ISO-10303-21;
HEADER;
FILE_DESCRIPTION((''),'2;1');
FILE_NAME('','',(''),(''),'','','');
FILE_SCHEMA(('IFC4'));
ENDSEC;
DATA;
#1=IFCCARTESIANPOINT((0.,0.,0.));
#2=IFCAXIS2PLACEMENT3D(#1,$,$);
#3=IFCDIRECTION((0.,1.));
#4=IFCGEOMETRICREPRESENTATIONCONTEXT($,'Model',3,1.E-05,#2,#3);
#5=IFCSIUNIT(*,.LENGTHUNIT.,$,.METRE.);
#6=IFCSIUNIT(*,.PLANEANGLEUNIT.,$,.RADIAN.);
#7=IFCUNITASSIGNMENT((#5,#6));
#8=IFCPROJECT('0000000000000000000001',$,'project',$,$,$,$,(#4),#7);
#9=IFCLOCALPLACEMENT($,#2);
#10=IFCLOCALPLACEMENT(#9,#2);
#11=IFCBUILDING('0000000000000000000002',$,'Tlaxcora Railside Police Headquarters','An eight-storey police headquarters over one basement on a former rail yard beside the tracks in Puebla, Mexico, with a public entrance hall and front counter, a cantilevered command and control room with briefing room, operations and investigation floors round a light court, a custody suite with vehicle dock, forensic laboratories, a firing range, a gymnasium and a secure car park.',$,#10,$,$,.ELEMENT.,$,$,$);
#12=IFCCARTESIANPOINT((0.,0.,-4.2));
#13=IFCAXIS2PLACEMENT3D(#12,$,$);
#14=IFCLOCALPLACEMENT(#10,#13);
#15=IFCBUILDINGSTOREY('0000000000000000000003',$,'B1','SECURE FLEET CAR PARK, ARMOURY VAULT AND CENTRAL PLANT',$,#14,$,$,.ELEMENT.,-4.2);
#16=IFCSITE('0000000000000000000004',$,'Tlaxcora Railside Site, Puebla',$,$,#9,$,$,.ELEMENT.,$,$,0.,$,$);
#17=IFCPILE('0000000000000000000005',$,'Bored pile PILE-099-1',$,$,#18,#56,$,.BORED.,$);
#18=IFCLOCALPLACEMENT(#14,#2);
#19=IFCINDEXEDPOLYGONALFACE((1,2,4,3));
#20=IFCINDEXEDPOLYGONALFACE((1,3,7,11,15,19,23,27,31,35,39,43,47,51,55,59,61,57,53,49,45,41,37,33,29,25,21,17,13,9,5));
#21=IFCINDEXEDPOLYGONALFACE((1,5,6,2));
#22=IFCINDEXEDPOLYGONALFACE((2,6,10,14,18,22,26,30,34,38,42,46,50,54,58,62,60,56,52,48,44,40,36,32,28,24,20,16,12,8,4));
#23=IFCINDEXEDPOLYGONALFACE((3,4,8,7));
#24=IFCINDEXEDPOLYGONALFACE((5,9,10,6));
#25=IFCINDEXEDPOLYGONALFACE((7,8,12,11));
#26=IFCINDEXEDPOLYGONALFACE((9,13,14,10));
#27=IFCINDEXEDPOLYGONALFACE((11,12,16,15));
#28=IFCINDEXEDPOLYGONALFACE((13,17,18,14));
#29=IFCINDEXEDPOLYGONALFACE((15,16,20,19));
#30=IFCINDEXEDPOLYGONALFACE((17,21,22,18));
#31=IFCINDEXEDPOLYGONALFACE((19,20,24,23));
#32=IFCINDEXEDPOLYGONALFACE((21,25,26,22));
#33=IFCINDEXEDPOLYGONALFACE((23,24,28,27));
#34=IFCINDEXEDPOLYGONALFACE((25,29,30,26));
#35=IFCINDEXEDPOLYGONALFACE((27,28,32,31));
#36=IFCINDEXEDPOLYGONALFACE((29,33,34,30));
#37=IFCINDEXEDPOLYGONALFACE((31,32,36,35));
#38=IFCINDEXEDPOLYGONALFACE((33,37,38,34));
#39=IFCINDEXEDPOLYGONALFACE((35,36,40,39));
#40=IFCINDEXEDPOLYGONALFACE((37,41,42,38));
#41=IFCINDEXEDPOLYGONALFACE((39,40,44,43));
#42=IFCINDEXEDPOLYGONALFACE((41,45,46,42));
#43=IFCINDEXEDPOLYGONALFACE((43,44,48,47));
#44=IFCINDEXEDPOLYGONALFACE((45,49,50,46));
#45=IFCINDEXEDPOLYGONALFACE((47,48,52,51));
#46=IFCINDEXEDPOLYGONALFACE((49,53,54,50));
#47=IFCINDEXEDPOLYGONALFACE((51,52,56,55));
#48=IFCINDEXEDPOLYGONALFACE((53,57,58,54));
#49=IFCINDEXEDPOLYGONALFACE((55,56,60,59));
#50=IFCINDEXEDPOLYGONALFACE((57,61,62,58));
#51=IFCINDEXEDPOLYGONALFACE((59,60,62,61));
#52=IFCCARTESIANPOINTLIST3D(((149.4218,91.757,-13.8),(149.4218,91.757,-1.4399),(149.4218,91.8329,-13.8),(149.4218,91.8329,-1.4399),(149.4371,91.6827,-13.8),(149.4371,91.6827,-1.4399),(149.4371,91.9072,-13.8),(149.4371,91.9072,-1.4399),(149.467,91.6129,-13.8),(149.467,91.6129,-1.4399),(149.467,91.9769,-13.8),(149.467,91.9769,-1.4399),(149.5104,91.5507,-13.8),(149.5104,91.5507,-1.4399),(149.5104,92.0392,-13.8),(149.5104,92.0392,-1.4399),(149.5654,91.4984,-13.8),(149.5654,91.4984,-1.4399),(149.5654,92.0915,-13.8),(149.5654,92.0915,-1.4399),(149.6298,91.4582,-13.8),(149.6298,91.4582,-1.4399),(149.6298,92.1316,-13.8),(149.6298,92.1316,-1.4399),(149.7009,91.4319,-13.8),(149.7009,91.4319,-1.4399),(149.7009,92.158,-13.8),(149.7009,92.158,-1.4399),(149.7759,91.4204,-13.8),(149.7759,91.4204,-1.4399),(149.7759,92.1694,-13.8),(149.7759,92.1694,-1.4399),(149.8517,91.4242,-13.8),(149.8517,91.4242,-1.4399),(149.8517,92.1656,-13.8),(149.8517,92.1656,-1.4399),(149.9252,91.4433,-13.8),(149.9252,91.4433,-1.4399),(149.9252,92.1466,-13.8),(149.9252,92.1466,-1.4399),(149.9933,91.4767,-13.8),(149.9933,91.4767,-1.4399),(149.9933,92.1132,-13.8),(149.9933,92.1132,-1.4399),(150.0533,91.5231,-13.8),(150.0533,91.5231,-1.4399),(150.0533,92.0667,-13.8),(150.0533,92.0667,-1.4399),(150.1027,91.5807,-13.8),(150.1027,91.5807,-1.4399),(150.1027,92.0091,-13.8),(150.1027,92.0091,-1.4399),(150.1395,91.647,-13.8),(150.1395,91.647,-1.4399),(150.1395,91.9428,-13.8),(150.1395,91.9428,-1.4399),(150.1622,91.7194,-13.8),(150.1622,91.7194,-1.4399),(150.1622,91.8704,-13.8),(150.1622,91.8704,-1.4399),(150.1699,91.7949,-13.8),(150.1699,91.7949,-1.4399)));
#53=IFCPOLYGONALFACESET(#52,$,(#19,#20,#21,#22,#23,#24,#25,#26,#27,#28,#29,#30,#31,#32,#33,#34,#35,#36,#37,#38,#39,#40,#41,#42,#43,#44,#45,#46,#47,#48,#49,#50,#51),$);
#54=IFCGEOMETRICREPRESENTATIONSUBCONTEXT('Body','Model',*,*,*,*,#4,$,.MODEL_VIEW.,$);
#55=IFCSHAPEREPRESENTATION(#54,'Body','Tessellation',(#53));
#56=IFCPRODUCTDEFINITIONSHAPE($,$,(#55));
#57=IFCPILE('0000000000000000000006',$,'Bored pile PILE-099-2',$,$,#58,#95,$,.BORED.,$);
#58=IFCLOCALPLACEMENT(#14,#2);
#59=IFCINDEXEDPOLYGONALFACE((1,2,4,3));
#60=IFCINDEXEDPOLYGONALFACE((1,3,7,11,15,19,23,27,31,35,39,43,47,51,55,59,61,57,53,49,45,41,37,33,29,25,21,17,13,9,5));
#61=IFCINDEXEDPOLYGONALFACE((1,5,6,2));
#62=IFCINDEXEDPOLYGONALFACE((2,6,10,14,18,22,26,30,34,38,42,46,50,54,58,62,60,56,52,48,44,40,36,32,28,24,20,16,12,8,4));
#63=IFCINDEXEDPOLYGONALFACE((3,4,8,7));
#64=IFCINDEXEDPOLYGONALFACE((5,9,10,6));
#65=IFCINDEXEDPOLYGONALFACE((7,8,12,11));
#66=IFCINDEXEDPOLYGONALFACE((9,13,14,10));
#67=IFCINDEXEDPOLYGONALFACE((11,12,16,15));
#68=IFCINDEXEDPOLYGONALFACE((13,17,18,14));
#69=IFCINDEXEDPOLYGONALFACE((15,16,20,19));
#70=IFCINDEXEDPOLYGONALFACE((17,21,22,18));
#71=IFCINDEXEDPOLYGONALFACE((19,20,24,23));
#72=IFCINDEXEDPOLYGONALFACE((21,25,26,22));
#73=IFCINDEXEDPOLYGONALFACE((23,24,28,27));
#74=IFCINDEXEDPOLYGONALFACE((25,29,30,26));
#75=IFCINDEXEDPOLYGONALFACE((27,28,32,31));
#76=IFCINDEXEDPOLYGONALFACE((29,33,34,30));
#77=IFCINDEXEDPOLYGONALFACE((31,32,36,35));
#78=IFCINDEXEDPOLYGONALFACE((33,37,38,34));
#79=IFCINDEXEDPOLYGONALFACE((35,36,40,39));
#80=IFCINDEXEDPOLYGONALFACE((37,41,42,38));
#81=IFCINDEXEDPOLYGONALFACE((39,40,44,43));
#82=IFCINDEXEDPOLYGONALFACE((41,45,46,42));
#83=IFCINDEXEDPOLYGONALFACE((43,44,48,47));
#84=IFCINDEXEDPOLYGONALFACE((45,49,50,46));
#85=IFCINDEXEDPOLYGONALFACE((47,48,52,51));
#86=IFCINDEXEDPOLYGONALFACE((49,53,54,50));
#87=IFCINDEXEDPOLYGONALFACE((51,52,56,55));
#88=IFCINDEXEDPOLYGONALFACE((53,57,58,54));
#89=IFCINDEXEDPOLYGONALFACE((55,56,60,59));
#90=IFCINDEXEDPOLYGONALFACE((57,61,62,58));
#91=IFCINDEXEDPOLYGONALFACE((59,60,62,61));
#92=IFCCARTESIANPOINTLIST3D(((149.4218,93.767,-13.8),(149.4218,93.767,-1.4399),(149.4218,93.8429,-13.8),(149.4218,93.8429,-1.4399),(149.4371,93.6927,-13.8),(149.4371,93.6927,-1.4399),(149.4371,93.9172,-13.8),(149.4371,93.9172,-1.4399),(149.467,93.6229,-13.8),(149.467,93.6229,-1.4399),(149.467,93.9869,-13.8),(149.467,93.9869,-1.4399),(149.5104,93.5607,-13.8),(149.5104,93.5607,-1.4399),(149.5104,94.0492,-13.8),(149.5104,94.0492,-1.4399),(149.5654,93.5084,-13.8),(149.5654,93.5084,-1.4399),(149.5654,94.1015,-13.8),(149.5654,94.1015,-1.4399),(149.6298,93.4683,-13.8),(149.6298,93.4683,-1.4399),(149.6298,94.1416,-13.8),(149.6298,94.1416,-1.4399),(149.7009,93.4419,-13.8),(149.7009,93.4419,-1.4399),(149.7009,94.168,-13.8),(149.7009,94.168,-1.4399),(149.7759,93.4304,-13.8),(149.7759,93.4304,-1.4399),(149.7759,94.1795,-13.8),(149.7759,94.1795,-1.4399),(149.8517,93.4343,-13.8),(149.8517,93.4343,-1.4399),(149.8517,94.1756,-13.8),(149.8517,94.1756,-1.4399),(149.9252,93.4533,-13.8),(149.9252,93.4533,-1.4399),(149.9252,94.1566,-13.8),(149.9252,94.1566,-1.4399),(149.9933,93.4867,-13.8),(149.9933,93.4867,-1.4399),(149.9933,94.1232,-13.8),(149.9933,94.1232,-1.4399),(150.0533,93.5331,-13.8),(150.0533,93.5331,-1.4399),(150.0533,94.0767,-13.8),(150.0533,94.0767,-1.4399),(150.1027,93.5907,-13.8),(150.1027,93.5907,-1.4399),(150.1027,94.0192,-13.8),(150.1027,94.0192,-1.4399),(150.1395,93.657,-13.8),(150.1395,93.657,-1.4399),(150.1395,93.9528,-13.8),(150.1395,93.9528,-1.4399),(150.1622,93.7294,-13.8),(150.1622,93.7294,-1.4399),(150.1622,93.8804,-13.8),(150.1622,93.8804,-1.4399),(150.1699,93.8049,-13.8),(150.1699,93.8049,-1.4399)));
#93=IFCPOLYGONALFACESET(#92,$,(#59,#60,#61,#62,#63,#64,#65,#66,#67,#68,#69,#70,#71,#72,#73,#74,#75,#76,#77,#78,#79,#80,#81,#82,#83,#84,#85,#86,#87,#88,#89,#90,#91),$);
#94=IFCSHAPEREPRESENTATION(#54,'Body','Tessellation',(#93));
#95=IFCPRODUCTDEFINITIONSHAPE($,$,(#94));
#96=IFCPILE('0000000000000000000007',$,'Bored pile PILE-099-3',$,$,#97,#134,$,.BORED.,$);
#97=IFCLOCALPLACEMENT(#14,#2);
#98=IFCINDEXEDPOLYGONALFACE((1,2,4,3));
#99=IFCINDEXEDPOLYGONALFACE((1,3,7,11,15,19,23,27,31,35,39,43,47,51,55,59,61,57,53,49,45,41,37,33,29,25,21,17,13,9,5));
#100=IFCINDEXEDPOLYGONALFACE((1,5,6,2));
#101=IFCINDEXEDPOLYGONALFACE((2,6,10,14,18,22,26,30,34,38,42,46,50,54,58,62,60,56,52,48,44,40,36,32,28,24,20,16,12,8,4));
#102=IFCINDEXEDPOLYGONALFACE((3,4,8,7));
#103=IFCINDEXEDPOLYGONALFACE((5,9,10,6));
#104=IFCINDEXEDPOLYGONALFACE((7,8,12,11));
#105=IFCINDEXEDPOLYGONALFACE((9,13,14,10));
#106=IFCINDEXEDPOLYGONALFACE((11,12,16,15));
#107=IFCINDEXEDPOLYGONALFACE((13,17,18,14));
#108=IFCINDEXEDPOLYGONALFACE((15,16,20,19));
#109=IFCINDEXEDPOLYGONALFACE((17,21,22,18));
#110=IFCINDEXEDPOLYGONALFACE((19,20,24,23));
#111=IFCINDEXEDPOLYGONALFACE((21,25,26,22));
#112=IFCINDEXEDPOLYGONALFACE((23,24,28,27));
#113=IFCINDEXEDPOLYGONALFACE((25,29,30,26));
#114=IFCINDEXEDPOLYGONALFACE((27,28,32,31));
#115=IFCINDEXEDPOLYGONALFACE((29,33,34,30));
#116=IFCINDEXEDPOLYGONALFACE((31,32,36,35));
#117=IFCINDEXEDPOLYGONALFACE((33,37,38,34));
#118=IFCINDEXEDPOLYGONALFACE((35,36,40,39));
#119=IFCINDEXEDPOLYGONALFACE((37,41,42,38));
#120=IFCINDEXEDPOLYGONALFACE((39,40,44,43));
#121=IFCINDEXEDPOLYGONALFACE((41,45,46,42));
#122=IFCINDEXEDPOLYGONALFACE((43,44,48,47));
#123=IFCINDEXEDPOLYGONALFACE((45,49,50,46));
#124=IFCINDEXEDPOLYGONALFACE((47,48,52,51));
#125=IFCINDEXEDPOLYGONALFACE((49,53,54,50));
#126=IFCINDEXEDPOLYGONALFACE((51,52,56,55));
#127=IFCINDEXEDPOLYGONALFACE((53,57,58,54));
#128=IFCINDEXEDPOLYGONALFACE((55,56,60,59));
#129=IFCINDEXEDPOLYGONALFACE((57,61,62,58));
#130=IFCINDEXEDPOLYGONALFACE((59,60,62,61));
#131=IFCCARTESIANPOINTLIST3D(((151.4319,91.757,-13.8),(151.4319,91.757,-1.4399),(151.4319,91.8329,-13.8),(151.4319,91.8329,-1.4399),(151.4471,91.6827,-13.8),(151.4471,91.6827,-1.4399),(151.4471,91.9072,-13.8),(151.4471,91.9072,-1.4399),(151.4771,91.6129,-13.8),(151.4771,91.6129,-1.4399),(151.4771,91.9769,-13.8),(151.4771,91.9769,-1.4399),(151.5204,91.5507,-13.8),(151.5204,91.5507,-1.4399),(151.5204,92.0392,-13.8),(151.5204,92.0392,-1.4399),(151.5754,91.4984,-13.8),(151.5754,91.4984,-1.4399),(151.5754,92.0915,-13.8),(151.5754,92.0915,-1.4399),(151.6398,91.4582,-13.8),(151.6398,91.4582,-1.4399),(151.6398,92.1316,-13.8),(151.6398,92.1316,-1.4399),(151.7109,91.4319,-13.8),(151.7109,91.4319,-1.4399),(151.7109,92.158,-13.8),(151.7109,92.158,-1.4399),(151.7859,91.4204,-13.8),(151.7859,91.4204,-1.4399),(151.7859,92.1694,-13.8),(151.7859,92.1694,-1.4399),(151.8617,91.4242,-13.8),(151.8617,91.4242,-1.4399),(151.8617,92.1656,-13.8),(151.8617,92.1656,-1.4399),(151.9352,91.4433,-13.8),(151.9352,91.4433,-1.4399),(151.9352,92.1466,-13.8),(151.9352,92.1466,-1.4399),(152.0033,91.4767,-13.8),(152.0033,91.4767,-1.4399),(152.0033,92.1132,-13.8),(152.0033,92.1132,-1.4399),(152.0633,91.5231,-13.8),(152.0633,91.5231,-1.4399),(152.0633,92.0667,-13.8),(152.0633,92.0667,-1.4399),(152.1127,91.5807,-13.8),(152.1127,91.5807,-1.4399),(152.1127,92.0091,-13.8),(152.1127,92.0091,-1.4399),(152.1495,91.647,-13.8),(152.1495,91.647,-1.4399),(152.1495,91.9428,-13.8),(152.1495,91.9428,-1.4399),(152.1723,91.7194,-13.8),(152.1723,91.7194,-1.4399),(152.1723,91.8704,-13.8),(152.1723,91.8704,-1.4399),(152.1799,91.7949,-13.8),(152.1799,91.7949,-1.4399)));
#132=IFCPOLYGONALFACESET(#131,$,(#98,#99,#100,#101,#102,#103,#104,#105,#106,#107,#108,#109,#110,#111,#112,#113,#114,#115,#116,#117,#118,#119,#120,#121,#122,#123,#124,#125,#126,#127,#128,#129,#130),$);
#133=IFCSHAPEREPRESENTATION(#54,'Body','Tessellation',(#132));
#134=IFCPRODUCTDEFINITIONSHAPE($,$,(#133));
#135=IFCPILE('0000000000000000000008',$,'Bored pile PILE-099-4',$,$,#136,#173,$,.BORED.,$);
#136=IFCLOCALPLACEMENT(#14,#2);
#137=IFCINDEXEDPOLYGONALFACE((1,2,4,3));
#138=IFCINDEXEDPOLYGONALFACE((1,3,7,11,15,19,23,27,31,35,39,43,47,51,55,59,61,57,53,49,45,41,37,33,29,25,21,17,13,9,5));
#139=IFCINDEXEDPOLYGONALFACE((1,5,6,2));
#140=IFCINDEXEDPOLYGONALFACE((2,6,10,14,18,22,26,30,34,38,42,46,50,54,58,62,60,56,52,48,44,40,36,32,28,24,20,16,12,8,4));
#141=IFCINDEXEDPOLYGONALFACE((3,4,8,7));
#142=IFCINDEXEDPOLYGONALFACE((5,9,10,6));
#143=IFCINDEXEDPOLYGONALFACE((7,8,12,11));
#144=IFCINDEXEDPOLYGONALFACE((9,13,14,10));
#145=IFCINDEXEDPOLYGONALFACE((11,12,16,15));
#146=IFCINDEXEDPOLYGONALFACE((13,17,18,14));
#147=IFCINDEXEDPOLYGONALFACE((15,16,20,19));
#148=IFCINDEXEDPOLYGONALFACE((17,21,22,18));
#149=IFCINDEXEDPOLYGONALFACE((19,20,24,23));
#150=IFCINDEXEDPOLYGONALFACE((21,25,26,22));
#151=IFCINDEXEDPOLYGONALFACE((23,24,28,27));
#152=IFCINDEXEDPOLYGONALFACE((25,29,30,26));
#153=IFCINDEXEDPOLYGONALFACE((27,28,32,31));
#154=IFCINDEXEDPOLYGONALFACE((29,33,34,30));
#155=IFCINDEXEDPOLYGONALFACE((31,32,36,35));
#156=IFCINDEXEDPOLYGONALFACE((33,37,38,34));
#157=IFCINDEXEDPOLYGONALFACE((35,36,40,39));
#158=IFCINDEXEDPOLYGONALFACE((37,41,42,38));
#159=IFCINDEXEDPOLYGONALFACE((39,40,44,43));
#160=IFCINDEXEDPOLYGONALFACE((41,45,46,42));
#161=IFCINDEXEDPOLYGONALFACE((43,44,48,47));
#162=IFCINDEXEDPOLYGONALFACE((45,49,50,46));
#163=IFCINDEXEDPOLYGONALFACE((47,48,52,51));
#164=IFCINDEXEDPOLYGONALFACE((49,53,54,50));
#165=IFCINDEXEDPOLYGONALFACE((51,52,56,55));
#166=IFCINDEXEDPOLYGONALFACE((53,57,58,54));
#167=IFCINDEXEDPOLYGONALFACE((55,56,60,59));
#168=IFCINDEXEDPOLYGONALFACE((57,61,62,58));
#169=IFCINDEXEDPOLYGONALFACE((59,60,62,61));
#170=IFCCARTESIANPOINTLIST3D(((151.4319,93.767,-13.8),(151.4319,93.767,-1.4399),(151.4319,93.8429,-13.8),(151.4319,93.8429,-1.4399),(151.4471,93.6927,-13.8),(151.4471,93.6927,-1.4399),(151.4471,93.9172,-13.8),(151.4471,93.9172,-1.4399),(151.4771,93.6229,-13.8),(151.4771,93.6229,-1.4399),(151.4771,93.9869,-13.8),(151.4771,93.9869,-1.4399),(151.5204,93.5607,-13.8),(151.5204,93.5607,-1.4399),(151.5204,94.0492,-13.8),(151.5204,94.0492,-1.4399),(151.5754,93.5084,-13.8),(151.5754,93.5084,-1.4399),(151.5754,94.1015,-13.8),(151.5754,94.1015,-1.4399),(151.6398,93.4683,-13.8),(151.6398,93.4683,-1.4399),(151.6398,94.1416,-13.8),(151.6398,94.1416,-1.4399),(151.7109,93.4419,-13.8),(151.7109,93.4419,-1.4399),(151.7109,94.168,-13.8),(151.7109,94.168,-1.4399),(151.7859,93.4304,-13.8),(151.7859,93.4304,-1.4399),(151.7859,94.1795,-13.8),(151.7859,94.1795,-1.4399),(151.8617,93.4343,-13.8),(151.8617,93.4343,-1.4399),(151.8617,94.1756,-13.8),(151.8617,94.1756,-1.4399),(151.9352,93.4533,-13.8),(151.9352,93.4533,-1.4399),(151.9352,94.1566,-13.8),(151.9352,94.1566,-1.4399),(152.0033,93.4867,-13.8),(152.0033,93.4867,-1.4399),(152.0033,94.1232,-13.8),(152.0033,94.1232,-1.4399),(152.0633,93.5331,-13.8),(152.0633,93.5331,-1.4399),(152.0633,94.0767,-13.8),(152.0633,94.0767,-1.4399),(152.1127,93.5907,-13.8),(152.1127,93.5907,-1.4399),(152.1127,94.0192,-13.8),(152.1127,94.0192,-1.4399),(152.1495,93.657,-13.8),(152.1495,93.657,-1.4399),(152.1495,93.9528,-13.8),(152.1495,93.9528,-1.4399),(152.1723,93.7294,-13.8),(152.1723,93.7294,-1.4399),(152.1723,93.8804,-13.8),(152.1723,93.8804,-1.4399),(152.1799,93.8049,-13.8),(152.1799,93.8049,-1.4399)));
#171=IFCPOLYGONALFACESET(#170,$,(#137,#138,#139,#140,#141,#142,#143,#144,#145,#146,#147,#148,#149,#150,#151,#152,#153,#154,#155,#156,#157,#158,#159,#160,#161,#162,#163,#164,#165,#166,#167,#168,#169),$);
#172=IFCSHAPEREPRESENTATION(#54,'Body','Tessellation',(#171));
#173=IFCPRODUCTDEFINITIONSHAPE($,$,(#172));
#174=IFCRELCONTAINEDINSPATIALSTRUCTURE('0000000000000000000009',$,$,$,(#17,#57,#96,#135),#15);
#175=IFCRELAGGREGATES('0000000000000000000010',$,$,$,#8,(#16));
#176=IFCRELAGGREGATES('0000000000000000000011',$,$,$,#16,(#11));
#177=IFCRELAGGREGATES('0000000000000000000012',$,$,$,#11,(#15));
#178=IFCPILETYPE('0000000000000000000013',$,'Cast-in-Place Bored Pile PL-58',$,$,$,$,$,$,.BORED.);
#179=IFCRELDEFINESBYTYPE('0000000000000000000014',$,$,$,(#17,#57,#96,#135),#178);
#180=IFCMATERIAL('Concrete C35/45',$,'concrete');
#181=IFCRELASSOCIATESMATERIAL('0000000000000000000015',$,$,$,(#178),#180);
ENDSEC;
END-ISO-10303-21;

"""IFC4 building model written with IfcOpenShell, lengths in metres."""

from ifc_helpers import new_model, si_unit, direction, frame, origin, origin_2d, place, context, subcontext, project, spatial, circle, extrude, material, material_profile, profile_set, type_object, element, save


model = new_model("IFC4")

# Units and contexts
model_context = context("Model", 3, precision=1e-05, world=origin(), true_north=direction((0.0, 1.0)))
body_context = subcontext(model_context, "Body", "Model", "MODEL_VIEW")
ifc_project = project(units=[si_unit("LENGTHUNIT", "METRE"), si_unit("PLANEANGLEUNIT", "RADIAN")], contexts=[model_context])

# Site, building, storey
site_placement = place(None, origin())
site = spatial("IfcSite", under=ifc_project, at=site_placement, Name="Tlaxcora Railside Site, Puebla", CompositionType="ELEMENT", RefElevation=0.0)
building_placement = place(site_placement, origin())
building = spatial("IfcBuilding", under=site, at=building_placement, Name="Tlaxcora Railside Police Headquarters", Description="An eight-storey police headquarters over one basement on a former rail yard beside the tracks in Puebla, Mexico, with a public entrance hall and front counter, a cantilevered command and control room with briefing room, operations and investigation floors round a light court, a custody suite with vehicle dock, forensic laboratories, a firing range, a gymnasium and a secure car park.", CompositionType="ELEMENT")
storey_placement = place(building_placement, frame((0.0, 0.0, -4.2)))
storey = spatial("IfcBuildingStorey", under=building, at=storey_placement, Name="B1", Description="SECURE FLEET CAR PARK, ARMOURY VAULT AND CENTRAL PLANT", CompositionType="ELEMENT", Elevation=-4.2)

# Piles
ifc_material_1 = material(Name="Concrete C35/45", Category="concrete")
ifc_material_profile_1 = material_profile(ifc_material_1, circle(Radius=0.375, at=origin_2d()), Name="PILE750")
ifc_profile_set_1 = profile_set([ifc_material_profile_1], Name="Concrete C35/45")
pile_type_1 = type_object("IfcPileType", Name="Cast-in-Place Bored Pile PL-58", PredefinedType="BORED", material=ifc_profile_set_1)
for number, where, z_axis, x_axis, name in (
    (1, (149.7949, 91.7949, -1.4399), (0.0, 0.0, -1.0), (1.0, 0.0, 0.0), "Bored pile PILE-099-1"),
    (2, (149.7949, 93.8049, -1.4399), (0.0, 0.0, -1.0), (1.0, 0.0, 0.0), "Bored pile PILE-099-2"),
    (3, (151.8049, 91.7949, -1.4399), (0.0, 0.0, -1.0), (1.0, 0.0, 0.0), "Bored pile PILE-099-3"),
    (4, (151.8049, 93.8049, -1.4399), (0.0, 0.0, -1.0), (1.0, 0.0, 0.0), "Bored pile PILE-099-4"),
):
    element("IfcPile", number, at=place(storey_placement, frame(where, z_axis=z_axis, x_axis=x_axis)), inside=storey, type_object=pile_type_1, Name=name, PredefinedType="BORED", context=body_context, shape_type="SweptSolid", body=[
        extrude(circle(Radius=0.375, at=origin_2d()), origin(), (0.0, 0.0, 1.0), 12.3601),
    ])

save(model, "model.ifc")
